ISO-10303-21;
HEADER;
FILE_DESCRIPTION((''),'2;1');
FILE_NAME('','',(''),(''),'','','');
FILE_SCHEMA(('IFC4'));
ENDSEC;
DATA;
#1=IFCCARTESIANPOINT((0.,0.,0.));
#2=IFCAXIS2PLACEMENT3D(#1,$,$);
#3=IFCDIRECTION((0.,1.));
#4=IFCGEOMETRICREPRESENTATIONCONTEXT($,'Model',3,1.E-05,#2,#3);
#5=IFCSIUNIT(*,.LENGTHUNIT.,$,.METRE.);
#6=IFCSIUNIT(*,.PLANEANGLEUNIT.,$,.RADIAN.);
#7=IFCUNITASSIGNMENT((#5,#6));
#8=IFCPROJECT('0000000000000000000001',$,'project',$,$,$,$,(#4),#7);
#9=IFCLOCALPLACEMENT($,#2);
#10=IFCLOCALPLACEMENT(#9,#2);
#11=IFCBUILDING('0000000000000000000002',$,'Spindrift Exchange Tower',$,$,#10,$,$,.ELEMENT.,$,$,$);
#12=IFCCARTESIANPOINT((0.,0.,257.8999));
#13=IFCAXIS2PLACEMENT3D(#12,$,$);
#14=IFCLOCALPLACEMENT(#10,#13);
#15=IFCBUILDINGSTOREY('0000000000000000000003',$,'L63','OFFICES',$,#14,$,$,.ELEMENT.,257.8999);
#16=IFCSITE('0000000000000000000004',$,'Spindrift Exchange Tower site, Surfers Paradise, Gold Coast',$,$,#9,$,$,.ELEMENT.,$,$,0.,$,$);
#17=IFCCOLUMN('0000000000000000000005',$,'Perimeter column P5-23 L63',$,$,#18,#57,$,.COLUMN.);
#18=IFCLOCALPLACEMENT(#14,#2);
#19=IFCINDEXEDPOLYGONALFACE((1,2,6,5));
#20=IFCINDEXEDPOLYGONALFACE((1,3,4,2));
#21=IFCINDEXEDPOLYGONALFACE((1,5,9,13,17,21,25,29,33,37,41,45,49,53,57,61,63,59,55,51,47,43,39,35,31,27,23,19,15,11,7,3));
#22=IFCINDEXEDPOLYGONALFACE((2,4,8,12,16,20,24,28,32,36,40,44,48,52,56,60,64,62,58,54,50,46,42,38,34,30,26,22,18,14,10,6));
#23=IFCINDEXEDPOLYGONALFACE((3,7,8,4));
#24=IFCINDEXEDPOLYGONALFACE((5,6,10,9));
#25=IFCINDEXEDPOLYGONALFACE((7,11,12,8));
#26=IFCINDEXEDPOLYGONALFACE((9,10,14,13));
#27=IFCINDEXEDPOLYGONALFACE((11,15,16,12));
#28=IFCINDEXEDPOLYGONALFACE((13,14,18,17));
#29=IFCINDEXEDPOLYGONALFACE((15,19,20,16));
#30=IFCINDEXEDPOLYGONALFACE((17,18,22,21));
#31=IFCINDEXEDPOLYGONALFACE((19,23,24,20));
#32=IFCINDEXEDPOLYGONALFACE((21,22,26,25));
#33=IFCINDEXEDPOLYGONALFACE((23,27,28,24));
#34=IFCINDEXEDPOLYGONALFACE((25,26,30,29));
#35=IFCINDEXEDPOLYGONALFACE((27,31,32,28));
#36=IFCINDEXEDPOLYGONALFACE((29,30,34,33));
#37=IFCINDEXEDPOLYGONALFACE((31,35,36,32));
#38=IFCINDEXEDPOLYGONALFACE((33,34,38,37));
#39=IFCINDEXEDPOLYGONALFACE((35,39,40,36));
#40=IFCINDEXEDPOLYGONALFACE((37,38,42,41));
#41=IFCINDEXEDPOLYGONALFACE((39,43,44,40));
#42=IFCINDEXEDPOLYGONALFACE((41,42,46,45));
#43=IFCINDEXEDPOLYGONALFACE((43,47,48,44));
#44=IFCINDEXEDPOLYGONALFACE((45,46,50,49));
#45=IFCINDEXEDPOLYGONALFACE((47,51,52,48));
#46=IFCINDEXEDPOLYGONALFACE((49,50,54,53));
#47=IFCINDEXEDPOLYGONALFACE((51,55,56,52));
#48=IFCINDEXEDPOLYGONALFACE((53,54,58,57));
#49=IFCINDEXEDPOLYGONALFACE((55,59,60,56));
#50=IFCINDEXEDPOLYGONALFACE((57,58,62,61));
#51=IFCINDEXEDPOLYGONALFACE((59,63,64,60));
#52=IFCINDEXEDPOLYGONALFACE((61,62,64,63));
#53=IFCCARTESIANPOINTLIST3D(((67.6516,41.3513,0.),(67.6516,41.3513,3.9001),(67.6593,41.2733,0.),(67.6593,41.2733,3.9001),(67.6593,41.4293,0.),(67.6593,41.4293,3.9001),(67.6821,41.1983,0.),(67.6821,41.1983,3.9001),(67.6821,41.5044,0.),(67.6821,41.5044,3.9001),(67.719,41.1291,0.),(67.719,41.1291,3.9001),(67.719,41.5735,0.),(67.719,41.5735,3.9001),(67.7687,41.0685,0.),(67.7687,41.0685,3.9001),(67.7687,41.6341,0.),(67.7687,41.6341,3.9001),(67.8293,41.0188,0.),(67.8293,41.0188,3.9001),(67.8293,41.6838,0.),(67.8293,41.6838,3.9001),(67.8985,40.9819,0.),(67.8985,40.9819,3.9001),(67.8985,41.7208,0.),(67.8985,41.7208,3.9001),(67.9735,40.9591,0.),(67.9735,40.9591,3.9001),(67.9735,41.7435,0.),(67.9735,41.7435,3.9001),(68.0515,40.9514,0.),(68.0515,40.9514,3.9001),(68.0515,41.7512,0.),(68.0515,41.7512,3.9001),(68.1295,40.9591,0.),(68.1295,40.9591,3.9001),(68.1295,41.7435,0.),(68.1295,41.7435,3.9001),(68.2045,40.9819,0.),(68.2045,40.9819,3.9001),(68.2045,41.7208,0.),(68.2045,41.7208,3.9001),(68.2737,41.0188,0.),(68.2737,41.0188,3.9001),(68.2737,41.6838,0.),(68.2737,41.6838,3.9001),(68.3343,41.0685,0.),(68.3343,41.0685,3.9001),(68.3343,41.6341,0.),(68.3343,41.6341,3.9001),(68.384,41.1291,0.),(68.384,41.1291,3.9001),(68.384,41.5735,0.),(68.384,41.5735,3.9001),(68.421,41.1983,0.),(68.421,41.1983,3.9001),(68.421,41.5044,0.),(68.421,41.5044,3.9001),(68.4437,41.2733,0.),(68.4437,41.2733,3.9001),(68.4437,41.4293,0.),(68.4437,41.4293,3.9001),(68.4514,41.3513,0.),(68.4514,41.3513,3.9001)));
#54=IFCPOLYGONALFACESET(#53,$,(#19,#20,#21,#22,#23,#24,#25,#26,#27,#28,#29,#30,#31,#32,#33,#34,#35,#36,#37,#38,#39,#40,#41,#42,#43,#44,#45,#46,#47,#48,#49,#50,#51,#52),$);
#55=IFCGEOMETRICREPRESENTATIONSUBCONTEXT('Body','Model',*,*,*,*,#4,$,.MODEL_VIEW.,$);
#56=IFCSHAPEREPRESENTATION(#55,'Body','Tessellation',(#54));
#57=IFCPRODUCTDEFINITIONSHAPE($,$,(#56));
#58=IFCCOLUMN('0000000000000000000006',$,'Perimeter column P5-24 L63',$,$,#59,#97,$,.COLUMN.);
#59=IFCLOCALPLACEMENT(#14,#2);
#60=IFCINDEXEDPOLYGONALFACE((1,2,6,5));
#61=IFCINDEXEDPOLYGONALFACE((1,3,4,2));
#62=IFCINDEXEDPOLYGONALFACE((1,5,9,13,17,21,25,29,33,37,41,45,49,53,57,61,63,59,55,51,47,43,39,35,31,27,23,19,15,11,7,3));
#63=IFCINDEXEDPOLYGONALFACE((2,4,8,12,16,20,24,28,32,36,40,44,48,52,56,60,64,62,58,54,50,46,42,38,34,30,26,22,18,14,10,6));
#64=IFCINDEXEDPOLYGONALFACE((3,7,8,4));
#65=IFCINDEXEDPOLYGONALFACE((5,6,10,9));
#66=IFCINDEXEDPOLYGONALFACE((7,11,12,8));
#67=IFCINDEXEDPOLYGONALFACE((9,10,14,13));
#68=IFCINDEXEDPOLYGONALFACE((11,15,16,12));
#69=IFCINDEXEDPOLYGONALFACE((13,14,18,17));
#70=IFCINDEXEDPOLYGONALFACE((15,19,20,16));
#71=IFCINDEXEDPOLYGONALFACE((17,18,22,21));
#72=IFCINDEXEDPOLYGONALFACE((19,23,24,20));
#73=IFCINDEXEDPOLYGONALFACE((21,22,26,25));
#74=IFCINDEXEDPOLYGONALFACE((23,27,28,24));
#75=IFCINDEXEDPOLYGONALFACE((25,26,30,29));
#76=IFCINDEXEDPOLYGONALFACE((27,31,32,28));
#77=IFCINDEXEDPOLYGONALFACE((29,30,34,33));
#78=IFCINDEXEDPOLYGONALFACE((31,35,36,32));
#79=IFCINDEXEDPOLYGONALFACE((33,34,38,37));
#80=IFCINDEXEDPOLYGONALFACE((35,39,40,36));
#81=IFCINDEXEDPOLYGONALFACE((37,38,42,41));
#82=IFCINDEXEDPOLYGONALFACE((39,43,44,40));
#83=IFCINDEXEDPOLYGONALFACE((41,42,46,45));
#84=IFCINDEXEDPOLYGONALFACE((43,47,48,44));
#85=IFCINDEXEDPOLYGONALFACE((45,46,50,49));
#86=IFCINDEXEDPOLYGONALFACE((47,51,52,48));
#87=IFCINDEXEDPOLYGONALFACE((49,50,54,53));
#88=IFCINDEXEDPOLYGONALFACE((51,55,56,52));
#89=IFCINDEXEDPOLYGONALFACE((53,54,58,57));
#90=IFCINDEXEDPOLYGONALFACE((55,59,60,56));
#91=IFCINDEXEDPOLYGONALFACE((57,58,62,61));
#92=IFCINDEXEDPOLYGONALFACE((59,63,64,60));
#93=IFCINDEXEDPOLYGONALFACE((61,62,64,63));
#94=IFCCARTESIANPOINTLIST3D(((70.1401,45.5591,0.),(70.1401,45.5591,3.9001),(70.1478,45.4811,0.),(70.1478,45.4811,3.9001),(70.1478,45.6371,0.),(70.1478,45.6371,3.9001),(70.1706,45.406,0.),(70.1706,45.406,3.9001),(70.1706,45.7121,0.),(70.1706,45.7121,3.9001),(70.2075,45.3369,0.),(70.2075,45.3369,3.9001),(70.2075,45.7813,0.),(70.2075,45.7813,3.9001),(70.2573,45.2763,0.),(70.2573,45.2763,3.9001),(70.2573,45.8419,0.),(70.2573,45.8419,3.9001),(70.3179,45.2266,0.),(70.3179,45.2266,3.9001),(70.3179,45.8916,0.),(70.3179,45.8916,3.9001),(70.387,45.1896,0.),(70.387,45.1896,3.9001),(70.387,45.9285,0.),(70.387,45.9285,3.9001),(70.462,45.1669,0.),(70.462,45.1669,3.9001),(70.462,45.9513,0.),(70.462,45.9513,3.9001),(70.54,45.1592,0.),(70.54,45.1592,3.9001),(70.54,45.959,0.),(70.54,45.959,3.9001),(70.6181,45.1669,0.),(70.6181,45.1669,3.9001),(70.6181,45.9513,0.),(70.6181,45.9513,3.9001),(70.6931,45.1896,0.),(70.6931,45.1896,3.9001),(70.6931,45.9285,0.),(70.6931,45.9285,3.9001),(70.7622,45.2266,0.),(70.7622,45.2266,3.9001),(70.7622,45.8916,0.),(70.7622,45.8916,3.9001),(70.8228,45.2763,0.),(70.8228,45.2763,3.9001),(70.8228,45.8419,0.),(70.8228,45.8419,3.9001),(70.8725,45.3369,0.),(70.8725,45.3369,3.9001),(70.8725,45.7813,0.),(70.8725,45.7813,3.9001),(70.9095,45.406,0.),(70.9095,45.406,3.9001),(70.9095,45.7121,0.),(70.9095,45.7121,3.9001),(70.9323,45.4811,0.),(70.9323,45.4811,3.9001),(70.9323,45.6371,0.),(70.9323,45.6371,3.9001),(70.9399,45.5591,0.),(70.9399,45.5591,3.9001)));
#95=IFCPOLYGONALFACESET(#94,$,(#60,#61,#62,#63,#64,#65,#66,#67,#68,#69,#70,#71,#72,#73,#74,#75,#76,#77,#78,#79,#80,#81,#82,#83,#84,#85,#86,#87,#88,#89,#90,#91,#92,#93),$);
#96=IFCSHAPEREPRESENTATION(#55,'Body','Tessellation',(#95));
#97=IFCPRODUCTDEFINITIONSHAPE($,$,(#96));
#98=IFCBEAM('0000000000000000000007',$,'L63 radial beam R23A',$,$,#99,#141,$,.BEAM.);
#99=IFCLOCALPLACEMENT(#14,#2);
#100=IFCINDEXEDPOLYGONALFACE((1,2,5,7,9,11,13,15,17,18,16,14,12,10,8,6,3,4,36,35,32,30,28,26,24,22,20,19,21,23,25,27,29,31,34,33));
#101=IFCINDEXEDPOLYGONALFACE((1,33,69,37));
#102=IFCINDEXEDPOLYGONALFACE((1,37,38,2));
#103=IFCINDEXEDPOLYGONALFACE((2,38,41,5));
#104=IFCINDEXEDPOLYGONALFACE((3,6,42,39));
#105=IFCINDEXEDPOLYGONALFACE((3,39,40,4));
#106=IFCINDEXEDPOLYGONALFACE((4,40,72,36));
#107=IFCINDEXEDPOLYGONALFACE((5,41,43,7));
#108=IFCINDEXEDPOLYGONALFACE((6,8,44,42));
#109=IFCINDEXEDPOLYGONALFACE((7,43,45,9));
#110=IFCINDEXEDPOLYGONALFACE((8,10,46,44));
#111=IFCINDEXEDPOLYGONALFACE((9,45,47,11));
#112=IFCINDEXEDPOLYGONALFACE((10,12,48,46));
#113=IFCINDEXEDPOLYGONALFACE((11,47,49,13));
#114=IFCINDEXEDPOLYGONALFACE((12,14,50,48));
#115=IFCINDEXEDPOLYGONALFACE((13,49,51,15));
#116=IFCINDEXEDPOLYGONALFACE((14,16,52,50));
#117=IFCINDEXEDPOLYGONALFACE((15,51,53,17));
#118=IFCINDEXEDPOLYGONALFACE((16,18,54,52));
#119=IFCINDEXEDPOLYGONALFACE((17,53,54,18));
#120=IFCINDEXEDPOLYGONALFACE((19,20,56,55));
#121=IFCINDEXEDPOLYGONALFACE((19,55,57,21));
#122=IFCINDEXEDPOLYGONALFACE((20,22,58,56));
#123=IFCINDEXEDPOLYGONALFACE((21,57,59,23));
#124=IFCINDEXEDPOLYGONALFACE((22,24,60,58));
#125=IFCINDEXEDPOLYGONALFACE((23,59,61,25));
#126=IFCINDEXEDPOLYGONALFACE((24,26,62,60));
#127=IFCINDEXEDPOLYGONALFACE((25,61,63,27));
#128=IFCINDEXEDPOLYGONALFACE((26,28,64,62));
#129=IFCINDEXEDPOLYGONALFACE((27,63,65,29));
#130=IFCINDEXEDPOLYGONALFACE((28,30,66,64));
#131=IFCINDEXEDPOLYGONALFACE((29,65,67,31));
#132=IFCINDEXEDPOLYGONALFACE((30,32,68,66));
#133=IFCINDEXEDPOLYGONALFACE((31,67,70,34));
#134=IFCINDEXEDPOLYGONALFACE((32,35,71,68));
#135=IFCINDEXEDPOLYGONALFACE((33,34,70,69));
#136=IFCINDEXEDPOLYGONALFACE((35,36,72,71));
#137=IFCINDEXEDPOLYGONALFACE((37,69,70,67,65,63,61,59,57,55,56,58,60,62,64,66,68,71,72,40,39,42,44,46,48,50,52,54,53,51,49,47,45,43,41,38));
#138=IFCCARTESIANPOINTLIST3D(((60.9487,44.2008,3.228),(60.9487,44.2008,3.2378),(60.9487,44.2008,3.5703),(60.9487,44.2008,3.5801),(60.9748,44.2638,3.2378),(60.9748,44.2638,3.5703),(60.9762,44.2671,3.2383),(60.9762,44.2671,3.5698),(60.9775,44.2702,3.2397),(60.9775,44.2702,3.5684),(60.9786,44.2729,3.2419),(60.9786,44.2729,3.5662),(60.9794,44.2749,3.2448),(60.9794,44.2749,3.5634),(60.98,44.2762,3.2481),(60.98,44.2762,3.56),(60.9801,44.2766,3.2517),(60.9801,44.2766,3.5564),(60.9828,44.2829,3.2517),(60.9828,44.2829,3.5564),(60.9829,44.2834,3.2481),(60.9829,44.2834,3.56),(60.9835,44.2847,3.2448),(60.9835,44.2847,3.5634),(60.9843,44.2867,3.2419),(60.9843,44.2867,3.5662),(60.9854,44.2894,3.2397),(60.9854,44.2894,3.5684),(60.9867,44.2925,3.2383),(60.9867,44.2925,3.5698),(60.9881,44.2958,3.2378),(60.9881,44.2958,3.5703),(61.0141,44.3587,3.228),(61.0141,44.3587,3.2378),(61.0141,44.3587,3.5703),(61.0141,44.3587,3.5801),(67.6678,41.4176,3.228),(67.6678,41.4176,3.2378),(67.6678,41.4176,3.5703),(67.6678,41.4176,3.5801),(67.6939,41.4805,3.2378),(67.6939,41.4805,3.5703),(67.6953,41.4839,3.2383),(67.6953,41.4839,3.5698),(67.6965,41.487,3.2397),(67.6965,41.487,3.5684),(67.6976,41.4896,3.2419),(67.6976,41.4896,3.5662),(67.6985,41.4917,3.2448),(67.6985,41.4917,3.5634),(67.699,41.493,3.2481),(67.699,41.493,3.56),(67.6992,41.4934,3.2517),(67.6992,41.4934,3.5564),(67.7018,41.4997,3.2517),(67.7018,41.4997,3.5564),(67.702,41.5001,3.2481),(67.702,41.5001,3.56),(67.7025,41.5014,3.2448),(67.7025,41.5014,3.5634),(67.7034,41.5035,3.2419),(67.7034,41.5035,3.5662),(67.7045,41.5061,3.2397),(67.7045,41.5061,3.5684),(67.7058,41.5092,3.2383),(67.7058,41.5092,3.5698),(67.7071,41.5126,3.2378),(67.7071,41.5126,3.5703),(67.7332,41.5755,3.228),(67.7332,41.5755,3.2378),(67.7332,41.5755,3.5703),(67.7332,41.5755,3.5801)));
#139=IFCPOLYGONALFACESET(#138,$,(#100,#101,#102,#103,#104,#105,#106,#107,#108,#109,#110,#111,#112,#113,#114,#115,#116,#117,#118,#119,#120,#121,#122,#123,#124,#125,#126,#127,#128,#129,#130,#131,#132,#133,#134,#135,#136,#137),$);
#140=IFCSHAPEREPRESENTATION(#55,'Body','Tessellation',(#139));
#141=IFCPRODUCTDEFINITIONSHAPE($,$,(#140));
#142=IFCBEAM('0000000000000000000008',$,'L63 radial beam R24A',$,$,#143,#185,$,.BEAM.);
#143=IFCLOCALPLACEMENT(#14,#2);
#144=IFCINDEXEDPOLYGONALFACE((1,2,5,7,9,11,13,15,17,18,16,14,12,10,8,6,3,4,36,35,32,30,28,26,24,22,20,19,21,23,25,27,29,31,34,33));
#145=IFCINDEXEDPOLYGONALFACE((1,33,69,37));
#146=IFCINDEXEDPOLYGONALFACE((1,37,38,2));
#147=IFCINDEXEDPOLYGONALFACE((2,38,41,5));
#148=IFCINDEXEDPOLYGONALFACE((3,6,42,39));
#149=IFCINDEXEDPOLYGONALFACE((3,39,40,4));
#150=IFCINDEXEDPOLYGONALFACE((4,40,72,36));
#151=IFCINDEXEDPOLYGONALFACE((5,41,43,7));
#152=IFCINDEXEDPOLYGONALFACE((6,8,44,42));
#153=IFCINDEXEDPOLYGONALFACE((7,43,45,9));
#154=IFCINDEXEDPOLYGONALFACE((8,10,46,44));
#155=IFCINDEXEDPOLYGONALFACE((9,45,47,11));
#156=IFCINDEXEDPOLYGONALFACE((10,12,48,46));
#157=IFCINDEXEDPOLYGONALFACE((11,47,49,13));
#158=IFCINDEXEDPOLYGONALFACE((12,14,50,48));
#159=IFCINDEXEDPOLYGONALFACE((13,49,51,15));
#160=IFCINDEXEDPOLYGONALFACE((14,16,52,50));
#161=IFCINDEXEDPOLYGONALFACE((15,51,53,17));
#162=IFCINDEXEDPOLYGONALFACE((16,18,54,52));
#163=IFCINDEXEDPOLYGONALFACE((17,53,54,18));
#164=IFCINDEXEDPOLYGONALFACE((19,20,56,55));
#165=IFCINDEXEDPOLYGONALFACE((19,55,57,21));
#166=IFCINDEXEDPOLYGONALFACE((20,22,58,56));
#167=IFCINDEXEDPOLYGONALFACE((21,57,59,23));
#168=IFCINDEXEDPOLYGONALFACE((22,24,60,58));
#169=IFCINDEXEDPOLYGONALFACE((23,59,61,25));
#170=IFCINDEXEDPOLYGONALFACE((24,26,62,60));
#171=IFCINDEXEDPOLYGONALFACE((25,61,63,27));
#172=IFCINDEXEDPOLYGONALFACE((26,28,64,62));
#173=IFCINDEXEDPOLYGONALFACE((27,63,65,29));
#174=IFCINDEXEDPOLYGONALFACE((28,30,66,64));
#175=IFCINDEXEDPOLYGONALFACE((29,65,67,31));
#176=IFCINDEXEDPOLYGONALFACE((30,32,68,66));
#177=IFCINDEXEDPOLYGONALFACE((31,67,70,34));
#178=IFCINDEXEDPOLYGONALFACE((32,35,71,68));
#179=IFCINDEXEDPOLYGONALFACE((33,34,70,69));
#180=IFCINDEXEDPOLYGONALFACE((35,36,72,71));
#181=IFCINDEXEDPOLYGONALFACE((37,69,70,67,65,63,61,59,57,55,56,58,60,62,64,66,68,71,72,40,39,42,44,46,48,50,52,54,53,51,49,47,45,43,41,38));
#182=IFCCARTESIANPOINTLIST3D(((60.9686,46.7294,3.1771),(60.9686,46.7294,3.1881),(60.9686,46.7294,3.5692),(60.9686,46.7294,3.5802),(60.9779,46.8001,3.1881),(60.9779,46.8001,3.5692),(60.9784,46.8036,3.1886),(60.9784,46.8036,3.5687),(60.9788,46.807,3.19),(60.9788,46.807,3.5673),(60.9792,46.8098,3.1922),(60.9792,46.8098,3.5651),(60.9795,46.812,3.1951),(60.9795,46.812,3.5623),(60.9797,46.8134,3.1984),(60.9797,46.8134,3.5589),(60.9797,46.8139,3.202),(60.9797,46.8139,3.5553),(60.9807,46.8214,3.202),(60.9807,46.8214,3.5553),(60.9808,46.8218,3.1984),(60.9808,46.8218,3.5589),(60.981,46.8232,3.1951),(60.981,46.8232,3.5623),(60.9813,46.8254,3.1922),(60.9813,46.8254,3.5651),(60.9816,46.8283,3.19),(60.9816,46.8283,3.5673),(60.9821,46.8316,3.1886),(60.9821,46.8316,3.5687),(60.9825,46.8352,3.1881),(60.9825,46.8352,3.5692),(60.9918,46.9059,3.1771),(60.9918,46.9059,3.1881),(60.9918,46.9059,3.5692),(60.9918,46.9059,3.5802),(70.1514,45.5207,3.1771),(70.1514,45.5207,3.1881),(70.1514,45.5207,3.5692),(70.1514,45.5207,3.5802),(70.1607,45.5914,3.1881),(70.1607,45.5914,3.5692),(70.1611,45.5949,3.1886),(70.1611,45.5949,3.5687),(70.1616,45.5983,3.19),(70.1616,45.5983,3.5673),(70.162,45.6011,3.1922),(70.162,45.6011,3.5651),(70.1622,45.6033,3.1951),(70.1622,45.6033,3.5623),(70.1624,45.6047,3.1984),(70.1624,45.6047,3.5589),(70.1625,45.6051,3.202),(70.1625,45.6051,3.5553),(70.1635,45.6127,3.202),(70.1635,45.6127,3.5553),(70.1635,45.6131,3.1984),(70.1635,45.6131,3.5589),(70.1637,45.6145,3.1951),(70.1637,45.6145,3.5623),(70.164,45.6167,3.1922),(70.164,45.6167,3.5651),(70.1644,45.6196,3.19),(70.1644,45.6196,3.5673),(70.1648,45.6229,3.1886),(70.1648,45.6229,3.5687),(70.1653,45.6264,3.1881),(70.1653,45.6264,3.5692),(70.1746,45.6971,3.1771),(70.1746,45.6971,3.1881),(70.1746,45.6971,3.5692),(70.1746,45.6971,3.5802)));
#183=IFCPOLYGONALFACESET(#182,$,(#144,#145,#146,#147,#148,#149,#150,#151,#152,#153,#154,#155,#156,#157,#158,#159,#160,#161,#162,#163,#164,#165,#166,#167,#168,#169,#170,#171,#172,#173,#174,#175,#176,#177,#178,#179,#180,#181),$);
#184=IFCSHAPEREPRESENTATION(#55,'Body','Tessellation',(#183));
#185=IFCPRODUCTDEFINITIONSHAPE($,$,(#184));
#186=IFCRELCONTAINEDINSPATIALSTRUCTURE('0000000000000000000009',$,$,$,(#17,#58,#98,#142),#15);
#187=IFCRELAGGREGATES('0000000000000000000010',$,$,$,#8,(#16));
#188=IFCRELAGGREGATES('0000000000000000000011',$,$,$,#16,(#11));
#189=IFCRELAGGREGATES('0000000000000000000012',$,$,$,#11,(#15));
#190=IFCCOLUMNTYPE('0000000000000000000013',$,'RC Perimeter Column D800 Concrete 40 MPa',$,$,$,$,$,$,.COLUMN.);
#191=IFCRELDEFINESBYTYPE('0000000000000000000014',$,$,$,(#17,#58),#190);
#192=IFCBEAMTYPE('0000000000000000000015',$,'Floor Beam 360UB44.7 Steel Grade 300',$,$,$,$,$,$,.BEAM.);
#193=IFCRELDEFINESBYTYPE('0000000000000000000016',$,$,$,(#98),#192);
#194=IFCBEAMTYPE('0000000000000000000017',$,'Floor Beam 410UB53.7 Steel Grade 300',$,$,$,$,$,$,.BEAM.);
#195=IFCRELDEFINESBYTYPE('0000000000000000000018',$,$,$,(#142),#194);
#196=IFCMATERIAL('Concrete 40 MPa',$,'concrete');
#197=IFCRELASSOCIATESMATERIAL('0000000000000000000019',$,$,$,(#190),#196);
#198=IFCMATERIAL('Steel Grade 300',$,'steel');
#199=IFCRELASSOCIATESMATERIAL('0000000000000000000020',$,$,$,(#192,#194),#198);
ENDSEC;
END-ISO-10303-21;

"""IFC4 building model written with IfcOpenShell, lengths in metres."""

from ifc_helpers import new_model, si_unit, direction, frame, origin, origin_2d, place, context, subcontext, project, spatial, circle, i_section, extrude, source, transform, mapped, material, material_profile, profile_set, type_object, element, save


model = new_model("IFC4")

# Units and contexts
model_context = context("Model", 3, precision=1e-05, world=origin(), true_north=direction((0.0, 1.0)))
body_context = subcontext(model_context, "Body", "Model", "MODEL_VIEW")
ifc_project = project(units=[si_unit("LENGTHUNIT", "METRE"), si_unit("PLANEANGLEUNIT", "RADIAN")], contexts=[model_context])

# Site, building, storey
site_placement = place(None, origin())
site = spatial("IfcSite", under=ifc_project, at=site_placement, Name="Spindrift Exchange Tower site, Surfers Paradise, Gold Coast", CompositionType="ELEMENT", RefElevation=0.0)
building_placement = place(site_placement, origin())
building = spatial("IfcBuilding", under=site, at=building_placement, Name="Spindrift Exchange Tower", CompositionType="ELEMENT")
storey_placement = place(building_placement, frame((0.0, 0.0, 257.8999)))
storey = spatial("IfcBuildingStorey", under=building, at=storey_placement, Name="L63", Description="OFFICES", CompositionType="ELEMENT", Elevation=257.8999)

# Columns
ifc_material_1 = material(Name="Concrete 40 MPa", Category="concrete")
ifc_material_profile_1 = material_profile(ifc_material_1, circle(Radius=0.3999, at=origin_2d()), Name="RC D800")
ifc_profile_set_1 = profile_set([ifc_material_profile_1], Name="Concrete 40 MPa")
column_type = type_object("IfcColumnType", Name="RC Perimeter Column D800 Concrete 40 MPa", PredefinedType="COLUMN", material=ifc_profile_set_1)
shared_shape_1 = source(origin(), body_context, "Body", "SweptSolid", [
    extrude(circle(Radius=0.3999, at=origin_2d()), origin(), (0.0, 0.0, 1.0), 3.9001),
])
for number, where, z_axis, x_axis, name in (
    (1, (68.0515, 41.3513, 0.0), (0.0, 0.0, 1.0), (1.0, 0.0, 0.0), "Perimeter column P5-23 L63"),
    (2, (70.54, 45.5591, 0.0), (0.0, 0.0, 1.0), (1.0, 0.0, 0.0), "Perimeter column P5-24 L63"),
):
    element("IfcColumn", number, at=place(storey_placement, frame(where, z_axis=z_axis, x_axis=x_axis)), inside=storey, type_object=column_type, Name=name, PredefinedType="COLUMN", context=body_context, shape_type="MappedRepresentation", body=[
        mapped(shared_shape_1, transform((0.0, 0.0, 0.0), scale=1.0)),
    ])

# Beams
ifc_material_2 = material(Name="Steel Grade 300", Category="steel")
ifc_material_profile_2 = material_profile(ifc_material_2, i_section(OverallWidth=0.1709, OverallDepth=0.3521, WebThickness=0.0068, FlangeThickness=0.0098, FilletRadius=0.0139, at=origin_2d()), Name="360UB44.7")
ifc_profile_set_2 = profile_set([ifc_material_profile_2], Name="Steel Grade 300")
beam_type_1 = type_object("IfcBeamType", Name="Floor Beam 360UB44.7 Steel Grade 300", PredefinedType="BEAM", material=ifc_profile_set_2)
shared_shape_2 = source(origin(), body_context, "Body", "SweptSolid", [
    extrude(i_section(OverallWidth=0.1709, OverallDepth=0.3521, WebThickness=0.0068, FlangeThickness=0.0098, FilletRadius=0.0139, at=origin_2d()), origin(), (0.0, 0.0, 1.0), 7.2727),
])
beam_1_placement = place(storey_placement, frame((60.9814, 44.2798, 3.4041), z_axis=(0.923874, -0.382696, 0.0), x_axis=(0.382696, 0.923874, 0.0)))
element("IfcBeam", 3, at=beam_1_placement, inside=storey, type_object=beam_type_1, Name="L63 radial beam R23A", PredefinedType="BEAM", context=body_context, shape_type="MappedRepresentation", body=[
    mapped(shared_shape_2, transform((0.0, 0.0, 0.0), scale=1.0)),
])
ifc_material_profile_3 = material_profile(ifc_material_2, i_section(OverallWidth=0.178, OverallDepth=0.4031, WebThickness=0.0076, FlangeThickness=0.011, FilletRadius=0.0139, at=origin_2d()), Name="410UB53.7")
ifc_profile_set_3 = profile_set([ifc_material_profile_3], Name="Steel Grade 300")
beam_type_2 = type_object("IfcBeamType", Name="Floor Beam 410UB53.7 Steel Grade 300", PredefinedType="BEAM", material=ifc_profile_set_3)
shared_shape_3 = source(origin(), body_context, "Body", "SweptSolid", [
    extrude(i_section(OverallWidth=0.178, OverallDepth=0.4031, WebThickness=0.0076, FlangeThickness=0.011, FilletRadius=0.0139, at=origin_2d()), origin(), (0.0, 0.0, 1.0), 9.262),
])
beam_2_placement = place(storey_placement, frame((60.9802, 46.8176, 3.3787), z_axis=(0.991448, -0.130504, 0.0), x_axis=(0.130504, 0.991448, 0.0)))
element("IfcBeam", 4, at=beam_2_placement, inside=storey, type_object=beam_type_2, Name="L63 radial beam R24A", PredefinedType="BEAM", context=body_context, shape_type="MappedRepresentation", body=[
    mapped(shared_shape_3, transform((0.0, 0.0, 0.0), scale=1.0)),
])

save(model, "model.ifc")
